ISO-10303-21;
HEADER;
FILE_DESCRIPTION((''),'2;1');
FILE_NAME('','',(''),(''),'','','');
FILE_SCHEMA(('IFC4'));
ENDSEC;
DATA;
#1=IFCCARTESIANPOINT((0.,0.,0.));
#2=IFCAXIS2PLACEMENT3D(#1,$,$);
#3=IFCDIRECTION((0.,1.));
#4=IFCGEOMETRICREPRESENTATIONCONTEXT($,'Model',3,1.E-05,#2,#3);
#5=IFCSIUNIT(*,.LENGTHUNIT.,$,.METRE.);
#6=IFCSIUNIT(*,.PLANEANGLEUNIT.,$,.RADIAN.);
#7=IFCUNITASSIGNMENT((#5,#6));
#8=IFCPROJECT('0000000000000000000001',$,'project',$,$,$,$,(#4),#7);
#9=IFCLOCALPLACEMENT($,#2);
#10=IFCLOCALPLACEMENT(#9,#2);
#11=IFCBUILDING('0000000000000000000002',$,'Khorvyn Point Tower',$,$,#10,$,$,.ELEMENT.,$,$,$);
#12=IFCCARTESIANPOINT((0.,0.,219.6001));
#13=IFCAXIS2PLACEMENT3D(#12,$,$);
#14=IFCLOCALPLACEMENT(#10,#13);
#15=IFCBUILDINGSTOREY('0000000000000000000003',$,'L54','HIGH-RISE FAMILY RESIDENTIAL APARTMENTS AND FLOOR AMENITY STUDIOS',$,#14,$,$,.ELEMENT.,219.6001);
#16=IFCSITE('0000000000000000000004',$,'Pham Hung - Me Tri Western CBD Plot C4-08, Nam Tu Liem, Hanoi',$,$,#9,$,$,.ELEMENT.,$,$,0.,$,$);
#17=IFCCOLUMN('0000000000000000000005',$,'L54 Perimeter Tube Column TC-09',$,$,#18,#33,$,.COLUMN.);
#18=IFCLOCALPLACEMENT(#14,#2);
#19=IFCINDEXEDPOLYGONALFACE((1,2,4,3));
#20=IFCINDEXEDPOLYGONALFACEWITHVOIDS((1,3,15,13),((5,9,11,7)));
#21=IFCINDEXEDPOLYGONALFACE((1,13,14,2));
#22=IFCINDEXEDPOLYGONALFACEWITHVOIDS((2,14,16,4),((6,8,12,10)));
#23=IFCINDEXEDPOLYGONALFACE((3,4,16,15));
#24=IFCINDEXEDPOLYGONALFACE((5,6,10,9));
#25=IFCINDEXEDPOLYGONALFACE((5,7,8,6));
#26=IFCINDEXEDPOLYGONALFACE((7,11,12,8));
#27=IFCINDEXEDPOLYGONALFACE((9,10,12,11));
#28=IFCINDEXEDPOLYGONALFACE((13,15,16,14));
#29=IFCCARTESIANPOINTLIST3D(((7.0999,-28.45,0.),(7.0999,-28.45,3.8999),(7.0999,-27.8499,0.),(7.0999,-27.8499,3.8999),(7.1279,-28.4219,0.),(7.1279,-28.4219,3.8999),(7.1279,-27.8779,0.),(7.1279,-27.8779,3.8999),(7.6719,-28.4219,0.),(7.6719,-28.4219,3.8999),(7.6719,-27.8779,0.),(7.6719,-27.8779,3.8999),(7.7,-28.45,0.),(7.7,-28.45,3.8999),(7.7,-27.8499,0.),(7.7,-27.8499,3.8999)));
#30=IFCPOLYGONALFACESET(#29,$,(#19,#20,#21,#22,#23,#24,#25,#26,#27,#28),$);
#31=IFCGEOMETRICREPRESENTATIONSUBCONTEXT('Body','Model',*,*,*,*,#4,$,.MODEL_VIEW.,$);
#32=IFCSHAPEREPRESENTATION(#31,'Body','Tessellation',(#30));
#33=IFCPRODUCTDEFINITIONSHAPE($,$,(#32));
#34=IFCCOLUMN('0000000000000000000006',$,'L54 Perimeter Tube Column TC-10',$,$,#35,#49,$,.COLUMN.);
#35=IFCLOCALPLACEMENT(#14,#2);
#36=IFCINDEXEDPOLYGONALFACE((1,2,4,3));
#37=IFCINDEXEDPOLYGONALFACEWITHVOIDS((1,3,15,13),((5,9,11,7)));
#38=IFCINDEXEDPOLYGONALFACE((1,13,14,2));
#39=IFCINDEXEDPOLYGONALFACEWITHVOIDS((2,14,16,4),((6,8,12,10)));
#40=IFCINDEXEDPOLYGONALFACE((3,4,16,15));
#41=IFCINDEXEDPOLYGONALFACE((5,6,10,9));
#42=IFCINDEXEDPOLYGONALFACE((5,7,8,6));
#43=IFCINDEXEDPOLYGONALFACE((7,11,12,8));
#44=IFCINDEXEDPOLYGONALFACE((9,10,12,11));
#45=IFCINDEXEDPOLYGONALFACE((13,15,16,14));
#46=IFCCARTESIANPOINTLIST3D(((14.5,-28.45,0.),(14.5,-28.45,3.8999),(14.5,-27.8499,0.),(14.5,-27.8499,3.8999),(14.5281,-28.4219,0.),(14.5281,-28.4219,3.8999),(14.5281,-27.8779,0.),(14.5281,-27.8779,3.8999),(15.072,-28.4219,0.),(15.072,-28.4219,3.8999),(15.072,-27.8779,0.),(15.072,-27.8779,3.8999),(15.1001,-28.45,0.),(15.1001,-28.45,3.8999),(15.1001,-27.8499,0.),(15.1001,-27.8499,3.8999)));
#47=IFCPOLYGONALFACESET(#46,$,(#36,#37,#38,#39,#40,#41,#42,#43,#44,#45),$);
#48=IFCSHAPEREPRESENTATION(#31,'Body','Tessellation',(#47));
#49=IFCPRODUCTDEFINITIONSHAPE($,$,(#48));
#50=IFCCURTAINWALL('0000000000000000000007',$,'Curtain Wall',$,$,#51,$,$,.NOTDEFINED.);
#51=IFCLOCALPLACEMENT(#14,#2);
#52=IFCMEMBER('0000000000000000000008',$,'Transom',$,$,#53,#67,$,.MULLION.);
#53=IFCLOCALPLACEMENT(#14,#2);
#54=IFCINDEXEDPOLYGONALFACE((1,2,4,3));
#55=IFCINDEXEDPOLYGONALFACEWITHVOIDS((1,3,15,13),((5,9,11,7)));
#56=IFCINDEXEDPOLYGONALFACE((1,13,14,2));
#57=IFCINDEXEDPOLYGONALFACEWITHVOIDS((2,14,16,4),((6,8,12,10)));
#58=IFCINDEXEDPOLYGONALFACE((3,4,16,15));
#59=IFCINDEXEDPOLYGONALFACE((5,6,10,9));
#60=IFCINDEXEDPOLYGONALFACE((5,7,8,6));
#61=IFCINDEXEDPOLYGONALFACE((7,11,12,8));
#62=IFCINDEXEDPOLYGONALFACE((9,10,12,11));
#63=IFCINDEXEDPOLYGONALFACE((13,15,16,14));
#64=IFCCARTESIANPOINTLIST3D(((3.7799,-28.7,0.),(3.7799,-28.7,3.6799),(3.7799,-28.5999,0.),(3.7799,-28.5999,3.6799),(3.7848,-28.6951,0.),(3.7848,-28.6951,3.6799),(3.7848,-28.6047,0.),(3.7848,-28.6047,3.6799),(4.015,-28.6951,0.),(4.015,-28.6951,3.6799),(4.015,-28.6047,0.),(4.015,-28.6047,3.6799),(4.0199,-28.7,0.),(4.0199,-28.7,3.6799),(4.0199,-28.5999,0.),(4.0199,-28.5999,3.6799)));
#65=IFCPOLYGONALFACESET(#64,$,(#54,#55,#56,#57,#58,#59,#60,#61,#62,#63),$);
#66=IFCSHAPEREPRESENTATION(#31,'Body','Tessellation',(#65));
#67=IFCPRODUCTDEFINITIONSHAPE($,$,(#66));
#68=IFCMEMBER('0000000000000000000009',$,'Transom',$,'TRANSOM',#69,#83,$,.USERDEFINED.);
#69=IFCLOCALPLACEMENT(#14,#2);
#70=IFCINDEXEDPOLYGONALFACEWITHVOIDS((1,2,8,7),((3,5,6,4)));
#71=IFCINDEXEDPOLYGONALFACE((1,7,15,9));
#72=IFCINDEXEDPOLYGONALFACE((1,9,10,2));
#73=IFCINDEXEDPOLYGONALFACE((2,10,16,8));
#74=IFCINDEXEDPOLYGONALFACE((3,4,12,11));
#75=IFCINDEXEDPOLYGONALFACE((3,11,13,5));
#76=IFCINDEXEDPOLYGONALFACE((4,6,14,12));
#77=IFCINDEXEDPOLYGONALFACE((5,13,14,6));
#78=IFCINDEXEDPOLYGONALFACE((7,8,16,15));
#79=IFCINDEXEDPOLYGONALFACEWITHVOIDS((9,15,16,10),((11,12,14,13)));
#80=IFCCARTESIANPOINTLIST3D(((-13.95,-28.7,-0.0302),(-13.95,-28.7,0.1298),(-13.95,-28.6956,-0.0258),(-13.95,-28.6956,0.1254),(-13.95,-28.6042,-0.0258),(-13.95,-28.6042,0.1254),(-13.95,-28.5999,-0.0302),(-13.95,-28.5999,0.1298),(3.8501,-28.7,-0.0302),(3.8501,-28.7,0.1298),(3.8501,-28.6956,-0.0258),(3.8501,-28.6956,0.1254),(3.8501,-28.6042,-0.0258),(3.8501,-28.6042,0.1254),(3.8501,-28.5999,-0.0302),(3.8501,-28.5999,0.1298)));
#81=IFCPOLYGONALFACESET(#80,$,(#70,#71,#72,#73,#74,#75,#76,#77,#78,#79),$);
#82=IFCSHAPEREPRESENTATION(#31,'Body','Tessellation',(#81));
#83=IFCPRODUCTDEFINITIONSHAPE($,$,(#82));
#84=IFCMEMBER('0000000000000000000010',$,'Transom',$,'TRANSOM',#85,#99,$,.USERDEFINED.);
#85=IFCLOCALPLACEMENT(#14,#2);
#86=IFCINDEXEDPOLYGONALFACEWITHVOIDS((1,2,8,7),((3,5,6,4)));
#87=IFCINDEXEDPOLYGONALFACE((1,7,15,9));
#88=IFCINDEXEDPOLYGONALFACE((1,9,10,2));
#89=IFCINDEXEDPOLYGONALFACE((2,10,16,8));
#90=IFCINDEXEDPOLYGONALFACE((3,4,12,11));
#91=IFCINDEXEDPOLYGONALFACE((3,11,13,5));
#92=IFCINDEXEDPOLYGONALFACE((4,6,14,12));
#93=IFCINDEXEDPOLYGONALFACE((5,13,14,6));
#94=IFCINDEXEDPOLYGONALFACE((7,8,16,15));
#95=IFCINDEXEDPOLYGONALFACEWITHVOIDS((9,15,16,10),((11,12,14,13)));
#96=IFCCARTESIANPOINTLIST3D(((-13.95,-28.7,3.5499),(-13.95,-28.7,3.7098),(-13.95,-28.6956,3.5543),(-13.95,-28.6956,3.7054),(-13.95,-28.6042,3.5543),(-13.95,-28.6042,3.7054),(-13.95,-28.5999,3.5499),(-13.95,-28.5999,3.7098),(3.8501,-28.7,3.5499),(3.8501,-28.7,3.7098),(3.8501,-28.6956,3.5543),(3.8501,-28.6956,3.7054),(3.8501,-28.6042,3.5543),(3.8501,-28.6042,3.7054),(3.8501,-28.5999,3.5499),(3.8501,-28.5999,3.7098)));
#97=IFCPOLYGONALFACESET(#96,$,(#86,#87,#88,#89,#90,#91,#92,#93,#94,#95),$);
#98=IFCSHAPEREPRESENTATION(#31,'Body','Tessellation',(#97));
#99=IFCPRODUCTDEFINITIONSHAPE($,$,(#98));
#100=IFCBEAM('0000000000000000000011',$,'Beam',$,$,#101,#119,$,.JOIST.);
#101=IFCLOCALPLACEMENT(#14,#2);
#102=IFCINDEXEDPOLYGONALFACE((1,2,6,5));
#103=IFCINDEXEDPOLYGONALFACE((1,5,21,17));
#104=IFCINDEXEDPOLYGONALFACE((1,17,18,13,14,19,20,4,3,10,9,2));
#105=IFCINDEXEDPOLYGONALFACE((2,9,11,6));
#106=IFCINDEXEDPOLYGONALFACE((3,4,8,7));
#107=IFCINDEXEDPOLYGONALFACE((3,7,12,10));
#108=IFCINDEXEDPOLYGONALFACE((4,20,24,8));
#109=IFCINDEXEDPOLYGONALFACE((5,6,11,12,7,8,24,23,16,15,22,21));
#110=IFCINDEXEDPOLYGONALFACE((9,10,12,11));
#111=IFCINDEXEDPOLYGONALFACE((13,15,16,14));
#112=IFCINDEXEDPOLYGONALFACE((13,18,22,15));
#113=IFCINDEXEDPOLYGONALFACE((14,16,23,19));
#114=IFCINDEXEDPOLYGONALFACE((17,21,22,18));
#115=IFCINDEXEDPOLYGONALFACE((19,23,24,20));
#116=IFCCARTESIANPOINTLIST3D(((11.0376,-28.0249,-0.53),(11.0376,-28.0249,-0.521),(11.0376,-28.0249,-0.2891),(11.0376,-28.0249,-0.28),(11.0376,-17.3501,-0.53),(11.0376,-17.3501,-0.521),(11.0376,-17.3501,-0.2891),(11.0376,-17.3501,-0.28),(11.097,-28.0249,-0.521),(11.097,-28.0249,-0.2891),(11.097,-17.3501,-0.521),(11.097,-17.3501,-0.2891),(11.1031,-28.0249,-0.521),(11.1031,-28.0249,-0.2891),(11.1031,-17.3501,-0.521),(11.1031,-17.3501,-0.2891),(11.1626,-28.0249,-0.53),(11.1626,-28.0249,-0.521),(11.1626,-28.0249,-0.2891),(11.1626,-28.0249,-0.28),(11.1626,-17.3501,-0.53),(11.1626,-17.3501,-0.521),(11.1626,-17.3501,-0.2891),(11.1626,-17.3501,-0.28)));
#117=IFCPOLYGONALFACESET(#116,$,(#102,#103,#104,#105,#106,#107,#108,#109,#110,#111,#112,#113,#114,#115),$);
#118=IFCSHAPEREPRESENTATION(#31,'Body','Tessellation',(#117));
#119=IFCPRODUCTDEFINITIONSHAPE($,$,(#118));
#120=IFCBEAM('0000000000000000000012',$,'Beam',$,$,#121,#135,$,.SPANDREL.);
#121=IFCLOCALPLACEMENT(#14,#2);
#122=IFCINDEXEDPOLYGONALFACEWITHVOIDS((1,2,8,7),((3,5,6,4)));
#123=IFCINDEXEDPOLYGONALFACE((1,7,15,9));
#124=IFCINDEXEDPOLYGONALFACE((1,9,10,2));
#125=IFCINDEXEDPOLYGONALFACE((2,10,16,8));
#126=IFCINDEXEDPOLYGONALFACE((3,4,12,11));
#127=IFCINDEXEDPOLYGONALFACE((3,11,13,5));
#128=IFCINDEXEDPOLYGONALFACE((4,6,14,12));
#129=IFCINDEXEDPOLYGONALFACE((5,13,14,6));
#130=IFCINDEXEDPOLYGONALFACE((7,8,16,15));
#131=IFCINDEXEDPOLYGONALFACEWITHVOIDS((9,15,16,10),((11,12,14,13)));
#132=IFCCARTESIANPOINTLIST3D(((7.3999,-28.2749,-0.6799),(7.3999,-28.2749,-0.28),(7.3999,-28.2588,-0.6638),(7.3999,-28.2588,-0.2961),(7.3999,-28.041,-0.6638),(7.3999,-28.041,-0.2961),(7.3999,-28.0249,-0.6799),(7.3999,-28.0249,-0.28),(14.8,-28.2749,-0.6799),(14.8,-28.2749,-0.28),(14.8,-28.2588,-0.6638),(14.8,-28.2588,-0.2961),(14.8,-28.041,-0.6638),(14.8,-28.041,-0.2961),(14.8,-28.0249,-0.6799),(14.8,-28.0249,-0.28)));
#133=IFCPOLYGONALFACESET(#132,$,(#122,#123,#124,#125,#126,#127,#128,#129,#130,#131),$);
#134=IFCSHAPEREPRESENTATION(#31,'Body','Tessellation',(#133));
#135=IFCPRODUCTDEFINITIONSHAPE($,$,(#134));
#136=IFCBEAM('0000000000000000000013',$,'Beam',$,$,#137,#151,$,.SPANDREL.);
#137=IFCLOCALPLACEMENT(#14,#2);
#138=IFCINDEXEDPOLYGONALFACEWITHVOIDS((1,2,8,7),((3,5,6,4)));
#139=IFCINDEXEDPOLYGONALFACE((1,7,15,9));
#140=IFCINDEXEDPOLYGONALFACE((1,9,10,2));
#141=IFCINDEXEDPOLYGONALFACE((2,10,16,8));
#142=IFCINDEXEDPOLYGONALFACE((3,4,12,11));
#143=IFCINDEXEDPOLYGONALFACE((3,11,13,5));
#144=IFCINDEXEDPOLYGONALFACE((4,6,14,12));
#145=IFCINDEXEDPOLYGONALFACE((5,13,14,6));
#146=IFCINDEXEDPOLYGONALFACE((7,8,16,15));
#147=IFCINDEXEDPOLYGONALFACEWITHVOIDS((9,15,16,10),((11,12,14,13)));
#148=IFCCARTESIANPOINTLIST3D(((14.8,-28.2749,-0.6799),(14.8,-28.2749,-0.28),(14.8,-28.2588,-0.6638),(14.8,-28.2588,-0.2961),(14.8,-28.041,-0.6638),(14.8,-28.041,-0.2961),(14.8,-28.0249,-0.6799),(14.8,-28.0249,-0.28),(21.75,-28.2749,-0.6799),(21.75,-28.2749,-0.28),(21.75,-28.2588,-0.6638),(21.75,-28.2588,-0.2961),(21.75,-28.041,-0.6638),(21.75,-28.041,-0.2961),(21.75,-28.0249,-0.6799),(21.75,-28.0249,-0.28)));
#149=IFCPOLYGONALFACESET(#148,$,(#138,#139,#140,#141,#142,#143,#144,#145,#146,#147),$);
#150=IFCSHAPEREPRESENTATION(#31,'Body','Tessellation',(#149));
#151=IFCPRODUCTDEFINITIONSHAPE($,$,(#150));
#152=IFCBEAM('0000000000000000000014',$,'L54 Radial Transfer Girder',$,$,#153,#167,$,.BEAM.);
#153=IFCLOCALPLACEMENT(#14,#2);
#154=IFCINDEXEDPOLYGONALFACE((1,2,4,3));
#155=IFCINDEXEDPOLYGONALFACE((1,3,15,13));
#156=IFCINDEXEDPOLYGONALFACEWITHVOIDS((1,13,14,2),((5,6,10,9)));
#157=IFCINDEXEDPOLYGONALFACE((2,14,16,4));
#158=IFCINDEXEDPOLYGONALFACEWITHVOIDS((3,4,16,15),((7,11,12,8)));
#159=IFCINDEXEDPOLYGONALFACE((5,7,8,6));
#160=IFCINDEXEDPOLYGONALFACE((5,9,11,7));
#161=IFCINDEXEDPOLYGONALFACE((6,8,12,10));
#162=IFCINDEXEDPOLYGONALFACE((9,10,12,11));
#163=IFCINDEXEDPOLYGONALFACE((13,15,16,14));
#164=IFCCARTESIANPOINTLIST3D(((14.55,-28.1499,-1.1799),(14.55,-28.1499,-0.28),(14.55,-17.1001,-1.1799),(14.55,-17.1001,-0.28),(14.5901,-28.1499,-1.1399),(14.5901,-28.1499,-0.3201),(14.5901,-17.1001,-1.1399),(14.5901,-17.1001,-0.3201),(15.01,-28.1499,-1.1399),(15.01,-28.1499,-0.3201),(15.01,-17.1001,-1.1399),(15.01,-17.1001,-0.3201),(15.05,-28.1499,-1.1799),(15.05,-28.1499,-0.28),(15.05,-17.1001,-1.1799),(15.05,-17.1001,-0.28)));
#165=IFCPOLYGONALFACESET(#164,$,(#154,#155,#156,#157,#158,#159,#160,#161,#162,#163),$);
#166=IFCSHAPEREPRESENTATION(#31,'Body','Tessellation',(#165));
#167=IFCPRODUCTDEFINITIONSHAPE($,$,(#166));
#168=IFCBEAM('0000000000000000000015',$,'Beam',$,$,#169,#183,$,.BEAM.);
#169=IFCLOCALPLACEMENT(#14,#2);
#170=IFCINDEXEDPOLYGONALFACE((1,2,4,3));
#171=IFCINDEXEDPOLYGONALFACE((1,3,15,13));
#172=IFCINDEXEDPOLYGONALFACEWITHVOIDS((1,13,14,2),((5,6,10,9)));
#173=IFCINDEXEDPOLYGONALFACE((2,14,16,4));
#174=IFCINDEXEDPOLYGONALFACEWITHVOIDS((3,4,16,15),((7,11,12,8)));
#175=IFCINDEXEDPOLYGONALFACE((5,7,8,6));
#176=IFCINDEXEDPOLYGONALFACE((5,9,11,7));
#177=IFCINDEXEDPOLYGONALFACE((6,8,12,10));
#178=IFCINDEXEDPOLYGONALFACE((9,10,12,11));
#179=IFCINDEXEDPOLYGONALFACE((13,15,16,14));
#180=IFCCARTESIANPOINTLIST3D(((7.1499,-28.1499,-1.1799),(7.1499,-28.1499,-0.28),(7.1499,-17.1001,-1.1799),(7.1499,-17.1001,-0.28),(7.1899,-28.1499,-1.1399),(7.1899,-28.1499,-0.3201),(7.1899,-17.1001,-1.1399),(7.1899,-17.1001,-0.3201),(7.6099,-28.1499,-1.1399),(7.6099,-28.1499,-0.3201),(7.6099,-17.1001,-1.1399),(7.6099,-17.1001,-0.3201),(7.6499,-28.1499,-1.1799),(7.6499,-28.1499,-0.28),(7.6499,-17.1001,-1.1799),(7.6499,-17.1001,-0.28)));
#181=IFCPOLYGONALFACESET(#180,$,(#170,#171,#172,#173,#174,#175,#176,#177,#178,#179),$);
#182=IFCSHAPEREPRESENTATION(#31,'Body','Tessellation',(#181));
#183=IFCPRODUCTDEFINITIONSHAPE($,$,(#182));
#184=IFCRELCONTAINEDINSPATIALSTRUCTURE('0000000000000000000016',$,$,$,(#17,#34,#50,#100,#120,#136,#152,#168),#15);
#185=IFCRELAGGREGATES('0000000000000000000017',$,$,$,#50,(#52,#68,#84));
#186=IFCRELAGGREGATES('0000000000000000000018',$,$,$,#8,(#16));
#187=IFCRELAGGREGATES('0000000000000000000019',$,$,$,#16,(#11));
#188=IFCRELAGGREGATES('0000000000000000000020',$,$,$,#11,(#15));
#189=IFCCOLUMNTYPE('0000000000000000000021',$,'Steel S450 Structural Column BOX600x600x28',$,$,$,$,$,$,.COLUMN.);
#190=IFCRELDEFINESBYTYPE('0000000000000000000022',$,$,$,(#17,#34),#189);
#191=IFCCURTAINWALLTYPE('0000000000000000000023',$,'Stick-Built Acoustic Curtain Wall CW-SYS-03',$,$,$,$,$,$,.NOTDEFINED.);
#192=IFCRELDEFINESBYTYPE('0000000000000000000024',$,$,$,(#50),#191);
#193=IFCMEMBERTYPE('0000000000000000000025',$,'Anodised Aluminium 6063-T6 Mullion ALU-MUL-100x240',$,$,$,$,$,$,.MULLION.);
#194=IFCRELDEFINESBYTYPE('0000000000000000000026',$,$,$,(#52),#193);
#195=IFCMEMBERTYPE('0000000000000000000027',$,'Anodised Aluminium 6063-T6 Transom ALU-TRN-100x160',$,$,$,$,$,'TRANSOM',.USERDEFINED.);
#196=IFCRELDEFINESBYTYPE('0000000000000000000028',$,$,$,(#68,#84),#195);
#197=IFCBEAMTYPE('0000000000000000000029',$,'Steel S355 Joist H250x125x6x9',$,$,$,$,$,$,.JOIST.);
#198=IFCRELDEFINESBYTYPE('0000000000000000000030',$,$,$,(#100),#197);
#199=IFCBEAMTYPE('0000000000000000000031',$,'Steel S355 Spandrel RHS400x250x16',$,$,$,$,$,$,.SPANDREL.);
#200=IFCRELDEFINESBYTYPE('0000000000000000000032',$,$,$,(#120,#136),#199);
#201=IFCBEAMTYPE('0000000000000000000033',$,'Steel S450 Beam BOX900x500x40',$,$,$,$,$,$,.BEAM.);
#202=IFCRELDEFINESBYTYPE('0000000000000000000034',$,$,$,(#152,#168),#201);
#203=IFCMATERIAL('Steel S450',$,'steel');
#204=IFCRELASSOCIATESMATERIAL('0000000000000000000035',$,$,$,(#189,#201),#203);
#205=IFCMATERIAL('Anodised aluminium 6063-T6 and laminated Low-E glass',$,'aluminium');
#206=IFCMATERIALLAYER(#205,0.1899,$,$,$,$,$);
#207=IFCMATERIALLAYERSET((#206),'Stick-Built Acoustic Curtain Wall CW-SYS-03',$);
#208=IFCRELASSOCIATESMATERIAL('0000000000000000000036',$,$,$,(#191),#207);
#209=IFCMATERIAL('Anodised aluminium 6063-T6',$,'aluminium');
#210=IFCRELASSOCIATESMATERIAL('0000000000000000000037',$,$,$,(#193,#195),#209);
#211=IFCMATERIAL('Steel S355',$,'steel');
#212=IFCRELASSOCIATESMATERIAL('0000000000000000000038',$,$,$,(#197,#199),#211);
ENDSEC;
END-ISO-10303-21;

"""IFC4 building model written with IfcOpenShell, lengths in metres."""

from ifc_helpers import new_model, si_unit, direction, frame, origin, origin_2d, place, context, subcontext, project, spatial, hollow_rectangle, i_section, extrude, material, layer, layer_set, material_profile, profile_set, type_object, element, aggregate, save


model = new_model("IFC4")

# Units and contexts
model_context = context("Model", 3, precision=1e-05, world=origin(), true_north=direction((0.0, 1.0)))
body_context = subcontext(model_context, "Body", "Model", "MODEL_VIEW")
ifc_project = project(units=[si_unit("LENGTHUNIT", "METRE"), si_unit("PLANEANGLEUNIT", "RADIAN")], contexts=[model_context])

# Site, building, storey
site_placement = place(None, origin())
site = spatial("IfcSite", under=ifc_project, at=site_placement, Name="Pham Hung - Me Tri Western CBD Plot C4-08, Nam Tu Liem, Hanoi", CompositionType="ELEMENT", RefElevation=0.0)
building_placement = place(site_placement, origin())
building = spatial("IfcBuilding", under=site, at=building_placement, Name="Khorvyn Point Tower", CompositionType="ELEMENT")
storey_placement = place(building_placement, frame((0.0, 0.0, 219.6001)))
storey = spatial("IfcBuildingStorey", under=building, at=storey_placement, Name="L54", Description="HIGH-RISE FAMILY RESIDENTIAL APARTMENTS AND FLOOR AMENITY STUDIOS", CompositionType="ELEMENT", Elevation=219.6001)

# Columns
ifc_material_1 = material(Name="Steel S450", Category="steel")
ifc_material_profile_1 = material_profile(ifc_material_1, hollow_rectangle(XDim=0.6001, YDim=0.6001, WallThickness=0.0281, at=origin_2d()))
ifc_profile_set_1 = profile_set([ifc_material_profile_1], Name="Steel S450 BOX600x600x28")
column_type = type_object("IfcColumnType", Name="Steel S450 Structural Column BOX600x600x28", PredefinedType="COLUMN", material=ifc_profile_set_1)
for number, where, z_axis, x_axis, name in (
    (1, (7.3999, -28.1499, 0.0), (0.0, 0.0, 1.0), (1.0, 0.0, 0.0), "L54 Perimeter Tube Column TC-09"),
    (2, (14.8, -28.1499, 0.0), (0.0, 0.0, 1.0), (1.0, 0.0, 0.0), "L54 Perimeter Tube Column TC-10"),
):
    element("IfcColumn", number, at=place(storey_placement, frame(where, z_axis=z_axis, x_axis=x_axis)), inside=storey, type_object=column_type, Name=name, PredefinedType="COLUMN", context=body_context, shape_type="SweptSolid", body=[
        extrude(hollow_rectangle(XDim=0.6001, YDim=0.6001, WallThickness=0.0281, at=origin_2d()), origin(), (0.0, 0.0, 1.0), 3.8999),
    ])

# Curtain wall, members
ifc_material_2 = material(Name="Anodised aluminium 6063-T6 and laminated Low-E glass", Category="aluminium")
ifc_layer_1 = layer(ifc_material_2, 0.1899)
ifc_layer_set_1 = layer_set([ifc_layer_1], Name="Stick-Built Acoustic Curtain Wall CW-SYS-03")
curtain_wall_type = type_object("IfcCurtainWallType", Name="Stick-Built Acoustic Curtain Wall CW-SYS-03", PredefinedType="NOTDEFINED", material=ifc_layer_set_1)
curtain_wall_placement = place(storey_placement, origin())
curtain_wall = element("IfcCurtainWall", 3, at=curtain_wall_placement, inside=storey, type_object=curtain_wall_type, Name="Curtain Wall", PredefinedType="NOTDEFINED")
ifc_material_3 = material(Name="Anodised aluminium 6063-T6", Category="aluminium")
ifc_material_profile_2 = material_profile(ifc_material_3, hollow_rectangle(XDim=0.1001, YDim=0.24, WallThickness=0.0049, at=origin_2d()))
ifc_profile_set_2 = profile_set([ifc_material_profile_2], Name="Anodised aluminium 6063-T6 ALU-MUL-100x240")
member_type_1 = type_object("IfcMemberType", Name="Anodised Aluminium 6063-T6 Mullion ALU-MUL-100x240", PredefinedType="MULLION", material=ifc_profile_set_2)
member_1_placement = place(storey_placement, frame((3.8999, -28.6499, 0.0), z_axis=(0.0, 0.0, 1.0), x_axis=(0.0, -1.0, 0.0)))
member_1 = element("IfcMember", 4, at=member_1_placement, type_object=member_type_1, Name="Transom", PredefinedType="MULLION", context=body_context, shape_type="SweptSolid", body=[
    extrude(hollow_rectangle(XDim=0.1001, YDim=0.24, WallThickness=0.0049, at=origin_2d()), origin(), (0.0, 0.0, 1.0), 3.6799),
])
ifc_material_profile_3 = material_profile(ifc_material_3, hollow_rectangle(XDim=0.1001, YDim=0.1599, WallThickness=0.0044, at=origin_2d()))
ifc_profile_set_3 = profile_set([ifc_material_profile_3], Name="Anodised aluminium 6063-T6 ALU-TRN-100x160")
member_type_2 = type_object("IfcMemberType", Name="Anodised Aluminium 6063-T6 Transom ALU-TRN-100x160", ElementType="TRANSOM", PredefinedType="USERDEFINED", material=ifc_profile_set_3)
member_2_placement = place(storey_placement, frame((3.8501, -28.6499, 0.0498), z_axis=(-1.0, 0.0, 0.0), x_axis=(0.0, -1.0, 0.0)))
member_2 = element("IfcMember", 5, at=member_2_placement, type_object=member_type_2, Name="Transom", ObjectType="TRANSOM", PredefinedType="USERDEFINED", context=body_context, shape_type="SweptSolid", body=[
    extrude(hollow_rectangle(XDim=0.1001, YDim=0.1599, WallThickness=0.0044, at=origin_2d()), origin(), (0.0, 0.0, 1.0), 17.8),
])
member_3_placement = place(storey_placement, frame((3.8501, -28.6499, 3.6299), z_axis=(-1.0, 0.0, 0.0), x_axis=(0.0, -1.0, 0.0)))
member_3 = element("IfcMember", 6, at=member_3_placement, type_object=member_type_2, Name="Transom", ObjectType="TRANSOM", PredefinedType="USERDEFINED", context=body_context, shape_type="SweptSolid", body=[
    extrude(hollow_rectangle(XDim=0.1001, YDim=0.1599, WallThickness=0.0044, at=origin_2d()), origin(), (0.0, 0.0, 1.0), 17.8),
])

# Beams
ifc_material_4 = material(Name="Steel S355", Category="steel")
ifc_material_profile_4 = material_profile(ifc_material_4, i_section(OverallWidth=0.125, OverallDepth=0.25, WebThickness=0.0061, FlangeThickness=0.009, at=origin_2d()))
ifc_profile_set_4 = profile_set([ifc_material_profile_4], Name="Steel S355 H250x125x6x9")
beam_type_1 = type_object("IfcBeamType", Name="Steel S355 Joist H250x125x6x9", PredefinedType="JOIST", material=ifc_profile_set_4)
beam_1_placement = place(storey_placement, frame((11.1001, -28.0249, -0.405), z_axis=(0.0, 1.0, 0.0), x_axis=(-1.0, 0.0, 0.0)))
element("IfcBeam", 7, at=beam_1_placement, inside=storey, type_object=beam_type_1, Name="Beam", PredefinedType="JOIST", context=body_context, shape_type="SweptSolid", body=[
    extrude(i_section(OverallWidth=0.125, OverallDepth=0.25, WebThickness=0.0061, FlangeThickness=0.009, at=origin_2d()), origin(), (0.0, 0.0, 1.0), 10.6748),
])
ifc_material_profile_5 = material_profile(ifc_material_4, hollow_rectangle(XDim=0.25, YDim=0.3999, WallThickness=0.0161, at=origin_2d()))
ifc_profile_set_5 = profile_set([ifc_material_profile_5], Name="Steel S355 RHS400x250x16")
beam_type_2 = type_object("IfcBeamType", Name="Steel S355 Spandrel RHS400x250x16", PredefinedType="SPANDREL", material=ifc_profile_set_5)
beam_2_placement = place(storey_placement, frame((7.3999, -28.1499, -0.48), z_axis=(1.0, 0.0, 0.0), x_axis=(0.0, 1.0, 0.0)))
element("IfcBeam", 8, at=beam_2_placement, inside=storey, type_object=beam_type_2, Name="Beam", PredefinedType="SPANDREL", context=body_context, shape_type="SweptSolid", body=[
    extrude(hollow_rectangle(XDim=0.25, YDim=0.3999, WallThickness=0.0161, at=origin_2d()), origin(), (0.0, 0.0, 1.0), 7.4001),
])
beam_3_placement = place(storey_placement, frame((14.8, -28.1499, -0.48), z_axis=(1.0, 0.0, 0.0), x_axis=(0.0, 1.0, 0.0)))
element("IfcBeam", 9, at=beam_3_placement, inside=storey, type_object=beam_type_2, Name="Beam", PredefinedType="SPANDREL", context=body_context, shape_type="SweptSolid", body=[
    extrude(hollow_rectangle(XDim=0.25, YDim=0.3999, WallThickness=0.0161, at=origin_2d()), origin(), (0.0, 0.0, 1.0), 6.95),
])
ifc_material_profile_6 = material_profile(ifc_material_1, hollow_rectangle(XDim=0.5, YDim=0.8999, WallThickness=0.04, at=origin_2d()))
ifc_profile_set_6 = profile_set([ifc_material_profile_6], Name="Steel S450 BOX900x500x40")
beam_type_3 = type_object("IfcBeamType", Name="Steel S450 Beam BOX900x500x40", PredefinedType="BEAM", material=ifc_profile_set_6)
for number, where, z_axis, x_axis, name in (
    (10, (14.8, -28.1499, -0.73), (0.0, 1.0, 0.0), (-1.0, 0.0, 0.0), "L54 Radial Transfer Girder"),
    (11, (7.3999, -28.1499, -0.73), (0.0, 1.0, 0.0), (-1.0, 0.0, 0.0), "Beam"),
):
    element("IfcBeam", number, at=place(storey_placement, frame(where, z_axis=z_axis, x_axis=x_axis)), inside=storey, type_object=beam_type_3, Name=name, PredefinedType="BEAM", context=body_context, shape_type="SweptSolid", body=[
        extrude(hollow_rectangle(XDim=0.5, YDim=0.8999, WallThickness=0.04, at=origin_2d()), origin(), (0.0, 0.0, 1.0), 11.0498),
    ])

aggregate(curtain_wall, [member_1, member_2, member_3])

save(model, "model.ifc")
